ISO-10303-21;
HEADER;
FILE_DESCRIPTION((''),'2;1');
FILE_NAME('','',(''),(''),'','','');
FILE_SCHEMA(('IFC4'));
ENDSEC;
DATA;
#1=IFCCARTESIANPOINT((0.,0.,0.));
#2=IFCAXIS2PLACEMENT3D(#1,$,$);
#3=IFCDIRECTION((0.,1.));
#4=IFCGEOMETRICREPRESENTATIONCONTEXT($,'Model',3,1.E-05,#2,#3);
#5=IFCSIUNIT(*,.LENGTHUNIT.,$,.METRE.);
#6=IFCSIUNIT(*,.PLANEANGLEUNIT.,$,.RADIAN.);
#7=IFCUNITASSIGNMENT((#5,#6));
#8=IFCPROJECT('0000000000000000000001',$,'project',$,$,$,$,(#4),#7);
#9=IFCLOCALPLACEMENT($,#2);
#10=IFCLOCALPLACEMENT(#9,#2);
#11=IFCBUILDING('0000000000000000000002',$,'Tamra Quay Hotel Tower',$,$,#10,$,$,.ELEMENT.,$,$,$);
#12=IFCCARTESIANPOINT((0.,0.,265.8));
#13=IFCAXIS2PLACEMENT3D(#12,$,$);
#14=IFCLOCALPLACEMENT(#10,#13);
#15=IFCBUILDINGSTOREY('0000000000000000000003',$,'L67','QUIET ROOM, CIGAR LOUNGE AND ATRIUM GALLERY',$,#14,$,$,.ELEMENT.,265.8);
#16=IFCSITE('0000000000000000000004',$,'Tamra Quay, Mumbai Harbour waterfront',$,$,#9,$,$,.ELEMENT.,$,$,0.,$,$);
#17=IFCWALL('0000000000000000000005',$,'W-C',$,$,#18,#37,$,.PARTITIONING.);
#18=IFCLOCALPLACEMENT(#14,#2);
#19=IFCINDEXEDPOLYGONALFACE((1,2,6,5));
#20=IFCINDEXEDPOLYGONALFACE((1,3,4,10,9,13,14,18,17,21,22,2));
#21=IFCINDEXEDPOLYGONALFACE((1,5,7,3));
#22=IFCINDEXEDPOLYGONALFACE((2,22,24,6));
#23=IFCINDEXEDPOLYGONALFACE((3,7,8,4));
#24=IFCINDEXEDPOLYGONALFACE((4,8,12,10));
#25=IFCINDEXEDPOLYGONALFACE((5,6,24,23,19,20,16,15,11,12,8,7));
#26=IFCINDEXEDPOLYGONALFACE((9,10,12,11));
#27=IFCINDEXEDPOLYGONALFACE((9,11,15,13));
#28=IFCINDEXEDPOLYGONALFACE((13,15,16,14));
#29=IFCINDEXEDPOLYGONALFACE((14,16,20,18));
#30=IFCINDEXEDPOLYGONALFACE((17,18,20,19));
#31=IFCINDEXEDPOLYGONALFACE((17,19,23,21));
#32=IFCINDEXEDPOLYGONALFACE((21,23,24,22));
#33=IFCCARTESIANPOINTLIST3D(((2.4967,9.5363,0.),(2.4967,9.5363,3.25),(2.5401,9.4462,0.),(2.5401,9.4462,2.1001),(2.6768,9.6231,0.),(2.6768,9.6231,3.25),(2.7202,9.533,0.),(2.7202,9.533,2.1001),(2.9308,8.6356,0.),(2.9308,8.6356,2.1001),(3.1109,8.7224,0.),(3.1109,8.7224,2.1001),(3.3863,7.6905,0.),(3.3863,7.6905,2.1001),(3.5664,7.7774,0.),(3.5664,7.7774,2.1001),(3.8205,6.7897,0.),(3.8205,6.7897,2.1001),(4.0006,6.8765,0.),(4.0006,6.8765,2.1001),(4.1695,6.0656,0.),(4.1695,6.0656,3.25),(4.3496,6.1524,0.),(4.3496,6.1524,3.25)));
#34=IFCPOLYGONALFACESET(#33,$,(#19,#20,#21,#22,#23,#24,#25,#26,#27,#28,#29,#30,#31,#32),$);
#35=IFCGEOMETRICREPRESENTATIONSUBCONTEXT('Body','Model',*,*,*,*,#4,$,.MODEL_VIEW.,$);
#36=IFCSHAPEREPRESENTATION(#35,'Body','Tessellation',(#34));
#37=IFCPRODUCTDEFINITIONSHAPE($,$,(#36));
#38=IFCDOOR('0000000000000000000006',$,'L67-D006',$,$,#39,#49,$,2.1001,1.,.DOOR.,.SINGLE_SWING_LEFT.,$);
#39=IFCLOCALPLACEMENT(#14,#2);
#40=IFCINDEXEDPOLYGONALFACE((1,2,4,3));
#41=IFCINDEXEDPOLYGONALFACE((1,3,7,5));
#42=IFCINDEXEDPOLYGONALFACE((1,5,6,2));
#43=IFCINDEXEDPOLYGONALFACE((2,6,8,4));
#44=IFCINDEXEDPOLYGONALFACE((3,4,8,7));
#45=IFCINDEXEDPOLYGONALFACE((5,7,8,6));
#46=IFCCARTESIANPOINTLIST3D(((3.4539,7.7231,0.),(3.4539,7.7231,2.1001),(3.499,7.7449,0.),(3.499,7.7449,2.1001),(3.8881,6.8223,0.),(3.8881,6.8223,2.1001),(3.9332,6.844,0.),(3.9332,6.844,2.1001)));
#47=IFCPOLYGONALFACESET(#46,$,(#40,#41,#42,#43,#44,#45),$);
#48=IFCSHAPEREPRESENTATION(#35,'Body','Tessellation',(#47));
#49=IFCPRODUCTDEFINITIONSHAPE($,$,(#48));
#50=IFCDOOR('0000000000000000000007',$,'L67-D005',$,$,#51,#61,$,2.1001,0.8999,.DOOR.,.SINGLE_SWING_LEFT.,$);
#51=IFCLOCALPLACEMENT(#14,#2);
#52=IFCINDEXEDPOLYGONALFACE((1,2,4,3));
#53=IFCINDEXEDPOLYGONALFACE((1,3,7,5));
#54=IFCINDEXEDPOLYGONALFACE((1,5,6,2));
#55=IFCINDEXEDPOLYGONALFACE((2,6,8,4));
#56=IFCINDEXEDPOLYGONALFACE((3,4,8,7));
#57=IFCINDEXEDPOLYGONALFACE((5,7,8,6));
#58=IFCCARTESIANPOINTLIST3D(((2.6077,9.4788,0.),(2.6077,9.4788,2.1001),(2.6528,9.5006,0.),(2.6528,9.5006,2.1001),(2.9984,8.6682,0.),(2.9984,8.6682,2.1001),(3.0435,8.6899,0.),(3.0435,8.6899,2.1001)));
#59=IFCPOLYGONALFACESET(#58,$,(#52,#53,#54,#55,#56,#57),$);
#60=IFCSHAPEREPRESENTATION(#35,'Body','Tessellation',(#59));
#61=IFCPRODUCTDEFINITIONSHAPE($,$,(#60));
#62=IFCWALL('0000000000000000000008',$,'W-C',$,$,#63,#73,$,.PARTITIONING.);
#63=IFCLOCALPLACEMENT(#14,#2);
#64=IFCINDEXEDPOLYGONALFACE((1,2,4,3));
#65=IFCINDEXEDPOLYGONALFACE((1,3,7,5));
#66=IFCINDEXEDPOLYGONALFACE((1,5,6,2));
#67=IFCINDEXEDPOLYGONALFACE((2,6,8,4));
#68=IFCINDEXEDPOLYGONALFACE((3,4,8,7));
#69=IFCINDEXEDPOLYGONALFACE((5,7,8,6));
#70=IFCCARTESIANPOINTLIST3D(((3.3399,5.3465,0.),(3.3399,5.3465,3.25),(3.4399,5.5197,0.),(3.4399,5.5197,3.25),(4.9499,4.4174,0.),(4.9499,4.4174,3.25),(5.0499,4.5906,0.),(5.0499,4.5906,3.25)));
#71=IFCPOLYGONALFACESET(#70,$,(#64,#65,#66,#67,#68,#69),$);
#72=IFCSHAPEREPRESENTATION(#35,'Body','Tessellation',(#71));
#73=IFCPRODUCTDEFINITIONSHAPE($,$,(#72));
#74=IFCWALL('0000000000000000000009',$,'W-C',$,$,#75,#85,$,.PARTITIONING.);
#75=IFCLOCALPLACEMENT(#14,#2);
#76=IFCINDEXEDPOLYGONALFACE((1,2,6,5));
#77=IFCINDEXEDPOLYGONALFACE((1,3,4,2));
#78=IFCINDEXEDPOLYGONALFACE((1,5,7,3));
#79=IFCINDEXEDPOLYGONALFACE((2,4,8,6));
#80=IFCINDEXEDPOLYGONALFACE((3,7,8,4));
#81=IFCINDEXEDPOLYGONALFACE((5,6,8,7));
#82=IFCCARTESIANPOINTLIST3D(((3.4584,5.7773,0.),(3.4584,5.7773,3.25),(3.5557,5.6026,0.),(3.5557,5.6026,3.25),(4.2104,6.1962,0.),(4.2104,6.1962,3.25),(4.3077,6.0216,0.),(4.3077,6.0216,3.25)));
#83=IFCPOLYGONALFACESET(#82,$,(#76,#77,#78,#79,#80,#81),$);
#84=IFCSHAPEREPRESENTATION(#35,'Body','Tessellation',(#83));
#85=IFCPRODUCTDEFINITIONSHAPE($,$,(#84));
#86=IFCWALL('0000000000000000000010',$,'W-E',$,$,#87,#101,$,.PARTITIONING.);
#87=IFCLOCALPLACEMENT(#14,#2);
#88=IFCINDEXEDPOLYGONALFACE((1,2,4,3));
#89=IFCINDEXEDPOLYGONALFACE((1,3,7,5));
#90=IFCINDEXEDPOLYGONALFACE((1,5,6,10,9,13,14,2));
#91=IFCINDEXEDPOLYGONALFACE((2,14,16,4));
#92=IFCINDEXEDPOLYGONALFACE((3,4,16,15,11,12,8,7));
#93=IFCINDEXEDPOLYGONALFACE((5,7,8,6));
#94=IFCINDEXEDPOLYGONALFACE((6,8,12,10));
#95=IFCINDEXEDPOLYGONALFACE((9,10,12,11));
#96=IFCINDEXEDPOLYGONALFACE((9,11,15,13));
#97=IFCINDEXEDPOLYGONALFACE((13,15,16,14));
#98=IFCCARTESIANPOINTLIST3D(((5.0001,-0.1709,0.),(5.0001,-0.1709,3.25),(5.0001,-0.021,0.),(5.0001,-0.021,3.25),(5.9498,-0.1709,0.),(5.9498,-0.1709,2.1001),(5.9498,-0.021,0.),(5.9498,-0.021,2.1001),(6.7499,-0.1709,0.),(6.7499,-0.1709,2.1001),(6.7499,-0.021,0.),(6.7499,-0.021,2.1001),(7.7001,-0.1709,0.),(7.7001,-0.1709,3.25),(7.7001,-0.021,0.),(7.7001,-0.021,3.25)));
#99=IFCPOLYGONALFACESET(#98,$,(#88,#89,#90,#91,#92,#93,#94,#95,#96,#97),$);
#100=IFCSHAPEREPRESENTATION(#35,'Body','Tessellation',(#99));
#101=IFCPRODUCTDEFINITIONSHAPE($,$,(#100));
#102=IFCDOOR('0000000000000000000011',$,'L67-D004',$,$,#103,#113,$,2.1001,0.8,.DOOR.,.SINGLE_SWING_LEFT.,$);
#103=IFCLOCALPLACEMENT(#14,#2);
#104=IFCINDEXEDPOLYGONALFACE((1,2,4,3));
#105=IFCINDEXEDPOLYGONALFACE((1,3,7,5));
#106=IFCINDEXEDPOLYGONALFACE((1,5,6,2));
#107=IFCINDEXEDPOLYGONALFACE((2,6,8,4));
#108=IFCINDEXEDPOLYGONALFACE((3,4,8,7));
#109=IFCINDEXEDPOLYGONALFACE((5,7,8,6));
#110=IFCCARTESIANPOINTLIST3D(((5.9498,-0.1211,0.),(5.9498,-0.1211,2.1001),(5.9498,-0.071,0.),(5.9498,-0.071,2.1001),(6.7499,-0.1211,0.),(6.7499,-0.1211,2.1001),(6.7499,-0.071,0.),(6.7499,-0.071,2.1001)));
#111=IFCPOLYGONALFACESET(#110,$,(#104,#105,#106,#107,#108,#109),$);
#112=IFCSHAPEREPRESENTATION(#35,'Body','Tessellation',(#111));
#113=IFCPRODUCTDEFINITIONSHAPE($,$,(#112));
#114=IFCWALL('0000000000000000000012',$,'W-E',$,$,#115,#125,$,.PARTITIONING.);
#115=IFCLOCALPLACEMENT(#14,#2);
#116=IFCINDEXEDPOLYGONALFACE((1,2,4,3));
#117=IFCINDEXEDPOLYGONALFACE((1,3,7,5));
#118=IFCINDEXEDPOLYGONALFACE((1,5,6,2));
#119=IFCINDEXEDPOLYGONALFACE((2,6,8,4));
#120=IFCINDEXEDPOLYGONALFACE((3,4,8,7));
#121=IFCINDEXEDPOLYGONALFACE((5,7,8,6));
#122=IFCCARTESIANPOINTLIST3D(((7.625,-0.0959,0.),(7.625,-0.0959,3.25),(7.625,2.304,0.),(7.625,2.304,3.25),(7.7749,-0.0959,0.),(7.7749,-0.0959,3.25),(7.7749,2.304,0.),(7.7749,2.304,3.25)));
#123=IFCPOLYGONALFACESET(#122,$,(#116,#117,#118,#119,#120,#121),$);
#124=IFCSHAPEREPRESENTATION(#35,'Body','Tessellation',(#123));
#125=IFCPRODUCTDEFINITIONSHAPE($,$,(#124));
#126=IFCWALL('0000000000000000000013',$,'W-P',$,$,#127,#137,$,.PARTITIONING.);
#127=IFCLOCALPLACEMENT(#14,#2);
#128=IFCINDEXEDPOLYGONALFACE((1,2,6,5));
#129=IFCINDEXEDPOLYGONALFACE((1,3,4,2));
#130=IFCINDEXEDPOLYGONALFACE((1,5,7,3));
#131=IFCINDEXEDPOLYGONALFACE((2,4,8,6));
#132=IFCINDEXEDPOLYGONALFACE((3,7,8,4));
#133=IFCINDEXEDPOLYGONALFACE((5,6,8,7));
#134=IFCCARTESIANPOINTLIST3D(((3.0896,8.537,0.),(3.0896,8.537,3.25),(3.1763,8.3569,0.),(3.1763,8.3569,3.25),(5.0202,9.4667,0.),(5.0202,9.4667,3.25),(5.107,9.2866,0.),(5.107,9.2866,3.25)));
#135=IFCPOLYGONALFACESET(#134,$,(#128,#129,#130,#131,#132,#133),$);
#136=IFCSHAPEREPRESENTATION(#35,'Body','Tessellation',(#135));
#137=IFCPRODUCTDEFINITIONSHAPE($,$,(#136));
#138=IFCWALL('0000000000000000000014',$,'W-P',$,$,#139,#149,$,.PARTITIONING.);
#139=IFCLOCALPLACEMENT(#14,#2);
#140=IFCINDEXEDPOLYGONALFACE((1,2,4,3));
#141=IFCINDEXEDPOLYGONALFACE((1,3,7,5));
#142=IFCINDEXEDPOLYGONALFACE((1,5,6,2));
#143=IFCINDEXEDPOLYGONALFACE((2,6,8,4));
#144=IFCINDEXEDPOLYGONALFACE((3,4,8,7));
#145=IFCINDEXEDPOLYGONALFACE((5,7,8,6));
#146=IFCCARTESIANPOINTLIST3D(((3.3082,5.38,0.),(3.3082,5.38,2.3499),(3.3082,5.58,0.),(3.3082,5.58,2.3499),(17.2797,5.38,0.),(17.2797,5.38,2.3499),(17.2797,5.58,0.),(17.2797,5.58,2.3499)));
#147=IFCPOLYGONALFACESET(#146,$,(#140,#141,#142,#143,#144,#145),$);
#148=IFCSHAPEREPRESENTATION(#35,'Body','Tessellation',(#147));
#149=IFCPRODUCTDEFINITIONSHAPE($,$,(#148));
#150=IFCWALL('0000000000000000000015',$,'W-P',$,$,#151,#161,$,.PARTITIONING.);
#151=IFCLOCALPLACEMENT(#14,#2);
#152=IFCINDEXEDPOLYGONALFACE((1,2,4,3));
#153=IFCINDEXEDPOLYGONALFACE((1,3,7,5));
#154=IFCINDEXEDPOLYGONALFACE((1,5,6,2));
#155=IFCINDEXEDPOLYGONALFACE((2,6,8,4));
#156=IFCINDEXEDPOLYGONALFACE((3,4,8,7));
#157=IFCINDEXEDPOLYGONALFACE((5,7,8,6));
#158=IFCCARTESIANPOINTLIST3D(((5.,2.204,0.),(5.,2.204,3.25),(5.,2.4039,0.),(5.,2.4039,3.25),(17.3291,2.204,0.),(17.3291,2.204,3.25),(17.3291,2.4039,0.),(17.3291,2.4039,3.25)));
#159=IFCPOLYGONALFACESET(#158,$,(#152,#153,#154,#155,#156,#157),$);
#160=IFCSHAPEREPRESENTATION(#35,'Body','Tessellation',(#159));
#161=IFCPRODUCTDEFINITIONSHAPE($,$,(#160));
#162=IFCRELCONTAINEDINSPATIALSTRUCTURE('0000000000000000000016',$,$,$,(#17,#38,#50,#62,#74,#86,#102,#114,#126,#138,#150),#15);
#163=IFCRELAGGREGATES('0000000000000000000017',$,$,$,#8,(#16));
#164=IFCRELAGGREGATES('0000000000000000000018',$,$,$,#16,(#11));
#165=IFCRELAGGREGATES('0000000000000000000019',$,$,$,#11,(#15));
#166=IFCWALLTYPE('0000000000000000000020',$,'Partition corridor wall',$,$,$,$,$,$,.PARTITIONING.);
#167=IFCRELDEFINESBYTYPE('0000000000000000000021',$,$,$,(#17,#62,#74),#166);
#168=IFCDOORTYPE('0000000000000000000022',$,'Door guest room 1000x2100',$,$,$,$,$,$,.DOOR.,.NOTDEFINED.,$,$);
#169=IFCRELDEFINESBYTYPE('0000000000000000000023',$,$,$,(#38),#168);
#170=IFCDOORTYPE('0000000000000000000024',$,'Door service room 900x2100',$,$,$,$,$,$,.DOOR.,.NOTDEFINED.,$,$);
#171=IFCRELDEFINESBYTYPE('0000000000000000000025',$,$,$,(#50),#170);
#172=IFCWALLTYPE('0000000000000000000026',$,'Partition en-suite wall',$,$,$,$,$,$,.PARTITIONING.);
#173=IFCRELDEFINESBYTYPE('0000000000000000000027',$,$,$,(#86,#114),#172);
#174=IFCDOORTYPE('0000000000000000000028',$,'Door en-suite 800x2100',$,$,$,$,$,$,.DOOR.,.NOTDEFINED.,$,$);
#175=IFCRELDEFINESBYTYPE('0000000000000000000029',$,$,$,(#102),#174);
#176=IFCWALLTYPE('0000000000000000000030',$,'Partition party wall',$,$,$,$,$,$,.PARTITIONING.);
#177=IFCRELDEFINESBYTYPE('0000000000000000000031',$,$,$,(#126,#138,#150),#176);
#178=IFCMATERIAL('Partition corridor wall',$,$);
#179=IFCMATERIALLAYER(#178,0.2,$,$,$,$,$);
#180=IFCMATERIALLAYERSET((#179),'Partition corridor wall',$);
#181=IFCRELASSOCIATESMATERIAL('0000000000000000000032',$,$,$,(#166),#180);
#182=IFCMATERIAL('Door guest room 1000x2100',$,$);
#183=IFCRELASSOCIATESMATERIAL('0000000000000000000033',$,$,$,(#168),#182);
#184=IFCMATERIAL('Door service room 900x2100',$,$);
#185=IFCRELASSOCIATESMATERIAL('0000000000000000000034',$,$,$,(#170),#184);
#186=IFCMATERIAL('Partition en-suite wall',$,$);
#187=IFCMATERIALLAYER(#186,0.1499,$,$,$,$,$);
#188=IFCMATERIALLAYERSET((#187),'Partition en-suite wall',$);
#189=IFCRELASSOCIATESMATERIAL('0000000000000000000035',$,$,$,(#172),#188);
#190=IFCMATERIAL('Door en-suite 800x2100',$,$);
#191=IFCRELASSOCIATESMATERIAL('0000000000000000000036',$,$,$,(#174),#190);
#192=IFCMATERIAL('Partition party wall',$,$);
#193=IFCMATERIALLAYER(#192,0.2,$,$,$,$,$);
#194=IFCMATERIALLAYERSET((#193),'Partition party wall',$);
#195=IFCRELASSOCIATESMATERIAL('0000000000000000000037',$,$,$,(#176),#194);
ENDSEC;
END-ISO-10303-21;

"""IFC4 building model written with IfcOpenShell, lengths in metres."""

from ifc_helpers import new_model, si_unit, direction, frame, frame_2d, origin, place, context, subcontext, project, spatial, rectangle, extrude, material, layer, layer_set, type_object, element, fill, save


model = new_model("IFC4")

# Units and contexts
model_context = context("Model", 3, precision=1e-05, world=origin(), true_north=direction((0.0, 1.0)))
body_context = subcontext(model_context, "Body", "Model", "MODEL_VIEW")
ifc_project = project(units=[si_unit("LENGTHUNIT", "METRE"), si_unit("PLANEANGLEUNIT", "RADIAN")], contexts=[model_context])

# Site, building, storey
site_placement = place(None, origin())
site = spatial("IfcSite", under=ifc_project, at=site_placement, Name="Tamra Quay, Mumbai Harbour waterfront", CompositionType="ELEMENT", RefElevation=0.0)
building_placement = place(site_placement, origin())
building = spatial("IfcBuilding", under=site, at=building_placement, Name="Tamra Quay Hotel Tower", CompositionType="ELEMENT")
storey_placement = place(building_placement, frame((0.0, 0.0, 265.8)))
storey = spatial("IfcBuildingStorey", under=building, at=storey_placement, Name="L67", Description="QUIET ROOM, CIGAR LOUNGE AND ATRIUM GALLERY", CompositionType="ELEMENT", Elevation=265.8)

# Wall, openings, doors
ifc_material_1 = material(Name="Partition corridor wall")
ifc_layer_1 = layer(ifc_material_1, 0.2)
ifc_layer_set_1 = layer_set([ifc_layer_1], Name="Partition corridor wall")
wall_type_1 = type_object("IfcWallType", Name="Partition corridor wall", PredefinedType="PARTITIONING", material=ifc_layer_set_1)
wall_1_placement = place(storey_placement, frame((4.2595, 6.1091, 0.0), z_axis=(0.0, 0.0, 1.0), x_axis=(-0.434189, 0.900822, 0.0)))
wall_1 = element("IfcWall", 1, at=wall_1_placement, inside=storey, type_object=wall_type_1, Name="W-C", PredefinedType="PARTITIONING", context=body_context, shape_type="SweptSolid", body=[
    extrude(rectangle(XDim=3.8528, YDim=0.2, at=frame_2d((1.9263, 0.0))), origin(), (0.0, 0.0, 1.0), 3.25),
])
opening_1_placement = place(wall_1_placement, frame((2.8528, 0.0, 0.0)))
opening_1 = element("IfcOpeningElement", 2, at=opening_1_placement, cuts=wall_1, PredefinedType="OPENING", context=body_context, shape_type="SweptSolid", body=[
    extrude(rectangle(XDim=0.8999, YDim=2.1001, at=frame_2d((0.45, 1.05))), frame((0.0, 0.1099, 0.0), z_axis=(0.0, -1.0, 0.0), x_axis=(1.0, 0.0, 0.0)), (0.0, 0.0, 1.0), 0.22),
])
opening_2_placement = place(wall_1_placement, frame((0.8037, 0.0, 0.0)))
opening_2 = element("IfcOpeningElement", 3, at=opening_2_placement, cuts=wall_1, PredefinedType="OPENING", context=body_context, shape_type="SweptSolid", body=[
    extrude(rectangle(XDim=1.0, YDim=2.1001, at=frame_2d((0.5, 1.05))), frame((0.0, 0.1099, 0.0), z_axis=(0.0, -1.0, 0.0), x_axis=(1.0, 0.0, 0.0)), (0.0, 0.0, 1.0), 0.22),
])
ifc_material_2 = material(Name="Door guest room 1000x2100")
door_type_1 = type_object("IfcDoorType", Name="Door guest room 1000x2100", OperationType="NOTDEFINED", PredefinedType="DOOR", material=ifc_material_2)
door_1_placement = place(opening_2_placement, origin())
door_1 = element("IfcDoor", 4, at=door_1_placement, inside=storey, type_object=door_type_1, Name="L67-D006", OperationType="SINGLE_SWING_LEFT", OverallHeight=2.1001, OverallWidth=1.0, PredefinedType="DOOR", context=body_context, shape_type="SweptSolid", body=[
    extrude(rectangle(XDim=1.0, YDim=2.1001, at=frame_2d((0.5, 1.05))), frame((0.0, 0.0249, 0.0), z_axis=(0.0, -1.0, 0.0), x_axis=(1.0, 0.0, 0.0)), (0.0, 0.0, 1.0), 0.05),
])
fill(opening_2, door_1)
ifc_material_3 = material(Name="Door service room 900x2100")
door_type_2 = type_object("IfcDoorType", Name="Door service room 900x2100", OperationType="NOTDEFINED", PredefinedType="DOOR", material=ifc_material_3)
door_2_placement = place(opening_1_placement, origin())
door_2 = element("IfcDoor", 5, at=door_2_placement, inside=storey, type_object=door_type_2, Name="L67-D005", OperationType="SINGLE_SWING_LEFT", OverallHeight=2.1001, OverallWidth=0.8999, PredefinedType="DOOR", context=body_context, shape_type="SweptSolid", body=[
    extrude(rectangle(XDim=0.8999, YDim=2.1001, at=frame_2d((0.45, 1.05))), frame((0.0, 0.0249, 0.0), z_axis=(0.0, -1.0, 0.0), x_axis=(1.0, 0.0, 0.0)), (0.0, 0.0, 1.0), 0.05),
])
fill(opening_1, door_2)

# Walls
wall_2_placement = place(storey_placement, frame((3.3899, 5.4331, 0.0), z_axis=(0.0, 0.0, 1.0), x_axis=(0.866118, -0.49984, 0.0)))
element("IfcWall", 6, at=wall_2_placement, inside=storey, type_object=wall_type_1, Name="W-C", PredefinedType="PARTITIONING", context=body_context, shape_type="SweptSolid", body=[
    extrude(rectangle(XDim=1.8589, YDim=0.2, at=frame_2d((0.9294, 0.0))), origin(), (0.0, 0.0, 1.0), 3.25),
])
wall_3_placement = place(storey_placement, frame((3.5071, 5.6899, 0.0), z_axis=(0.0, 0.0, 1.0), x_axis=(0.873568, 0.486702, 0.0)))
element("IfcWall", 7, at=wall_3_placement, inside=storey, type_object=wall_type_1, Name="W-C", PredefinedType="PARTITIONING", context=body_context, shape_type="SweptSolid", body=[
    extrude(rectangle(XDim=0.8608, YDim=0.2, at=frame_2d((0.4304, 0.0))), origin(), (0.0, 0.0, 1.0), 3.25),
])

# Wall, opening, door
ifc_material_4 = material(Name="Partition en-suite wall")
ifc_layer_2 = layer(ifc_material_4, 0.1499)
ifc_layer_set_2 = layer_set([ifc_layer_2], Name="Partition en-suite wall")
wall_type_2 = type_object("IfcWallType", Name="Partition en-suite wall", PredefinedType="PARTITIONING", material=ifc_layer_set_2)
wall_4_placement = place(storey_placement, frame((5.0, -0.0959, 0.0), z_axis=(0.0, 0.0, 1.0), x_axis=(1.0, 0.0, 0.0)))
wall_4 = element("IfcWall", 8, at=wall_4_placement, inside=storey, type_object=wall_type_2, Name="W-E", PredefinedType="PARTITIONING", context=body_context, shape_type="SweptSolid", body=[
    extrude(rectangle(XDim=2.7, YDim=0.1499, at=frame_2d((1.3501, 0.0))), origin(), (0.0, 0.0, 1.0), 3.25),
])
opening_3_placement = place(wall_4_placement, frame((0.95, 0.0, 0.0)))
opening_3 = element("IfcOpeningElement", 9, at=opening_3_placement, cuts=wall_4, PredefinedType="OPENING", context=body_context, shape_type="SweptSolid", body=[
    extrude(rectangle(XDim=0.8, YDim=2.1001, at=frame_2d((0.3999, 1.05))), frame((0.0, 0.085, 0.0), z_axis=(0.0, -1.0, 0.0), x_axis=(1.0, 0.0, 0.0)), (0.0, 0.0, 1.0), 0.1699),
])
ifc_material_5 = material(Name="Door en-suite 800x2100")
door_type_3 = type_object("IfcDoorType", Name="Door en-suite 800x2100", OperationType="NOTDEFINED", PredefinedType="DOOR", material=ifc_material_5)
door_3_placement = place(opening_3_placement, origin())
door_3 = element("IfcDoor", 10, at=door_3_placement, inside=storey, type_object=door_type_3, Name="L67-D004", OperationType="SINGLE_SWING_LEFT", OverallHeight=2.1001, OverallWidth=0.8, PredefinedType="DOOR", context=body_context, shape_type="SweptSolid", body=[
    extrude(rectangle(XDim=0.8, YDim=2.1001, at=frame_2d((0.3999, 1.05))), frame((0.0, 0.0249, 0.0), z_axis=(0.0, -1.0, 0.0), x_axis=(1.0, 0.0, 0.0)), (0.0, 0.0, 1.0), 0.05),
])
fill(opening_3, door_3)

# Walls
wall_5_placement = place(storey_placement, frame((7.7, -0.0959, 0.0), z_axis=(0.0, 0.0, 1.0), x_axis=(0.0, 1.0, 0.0)))
element("IfcWall", 11, at=wall_5_placement, inside=storey, type_object=wall_type_2, Name="W-E", PredefinedType="PARTITIONING", context=body_context, shape_type="SweptSolid", body=[
    extrude(rectangle(XDim=2.3999, YDim=0.1499, at=frame_2d((1.2, 0.0))), origin(), (0.0, 0.0, 1.0), 3.25),
])
ifc_material_6 = material(Name="Partition party wall")
ifc_layer_3 = layer(ifc_material_6, 0.2)
ifc_layer_set_3 = layer_set([ifc_layer_3], Name="Partition party wall")
wall_type_3 = type_object("IfcWallType", Name="Partition party wall", PredefinedType="PARTITIONING", material=ifc_layer_set_3)
wall_6_placement = place(storey_placement, frame((3.1331, 8.447, 0.0), z_axis=(0.0, 0.0, 1.0), x_axis=(0.900982, 0.433857, 0.0)))
element("IfcWall", 12, at=wall_6_placement, inside=storey, type_object=wall_type_3, Name="W-P", PredefinedType="PARTITIONING", context=body_context, shape_type="SweptSolid", body=[
    extrude(rectangle(XDim=2.1428, YDim=0.2, at=frame_2d((1.0713, 0.0))), origin(), (0.0, 0.0, 1.0), 3.25),
])
wall_7_placement = place(storey_placement, frame((3.3081, 5.48, 0.0), z_axis=(0.0, 0.0, 1.0), x_axis=(1.0, 0.0, 0.0)))
element("IfcWall", 13, at=wall_7_placement, inside=storey, type_object=wall_type_3, Name="W-P", PredefinedType="PARTITIONING", context=body_context, shape_type="SweptSolid", body=[
    extrude(rectangle(XDim=13.9714, YDim=0.2, at=frame_2d((6.9858, 0.0))), origin(), (0.0, 0.0, 1.0), 2.3499),
])
wall_8_placement = place(storey_placement, frame((5.0, 2.304, 0.0), z_axis=(0.0, 0.0, 1.0), x_axis=(1.0, 0.0, 0.0)))
element("IfcWall", 14, at=wall_8_placement, inside=storey, type_object=wall_type_3, Name="W-P", PredefinedType="PARTITIONING", context=body_context, shape_type="SweptSolid", body=[
    extrude(rectangle(XDim=12.3291, YDim=0.2, at=frame_2d((6.1646, 0.0))), origin(), (0.0, 0.0, 1.0), 3.25),
])

save(model, "model.ifc")
